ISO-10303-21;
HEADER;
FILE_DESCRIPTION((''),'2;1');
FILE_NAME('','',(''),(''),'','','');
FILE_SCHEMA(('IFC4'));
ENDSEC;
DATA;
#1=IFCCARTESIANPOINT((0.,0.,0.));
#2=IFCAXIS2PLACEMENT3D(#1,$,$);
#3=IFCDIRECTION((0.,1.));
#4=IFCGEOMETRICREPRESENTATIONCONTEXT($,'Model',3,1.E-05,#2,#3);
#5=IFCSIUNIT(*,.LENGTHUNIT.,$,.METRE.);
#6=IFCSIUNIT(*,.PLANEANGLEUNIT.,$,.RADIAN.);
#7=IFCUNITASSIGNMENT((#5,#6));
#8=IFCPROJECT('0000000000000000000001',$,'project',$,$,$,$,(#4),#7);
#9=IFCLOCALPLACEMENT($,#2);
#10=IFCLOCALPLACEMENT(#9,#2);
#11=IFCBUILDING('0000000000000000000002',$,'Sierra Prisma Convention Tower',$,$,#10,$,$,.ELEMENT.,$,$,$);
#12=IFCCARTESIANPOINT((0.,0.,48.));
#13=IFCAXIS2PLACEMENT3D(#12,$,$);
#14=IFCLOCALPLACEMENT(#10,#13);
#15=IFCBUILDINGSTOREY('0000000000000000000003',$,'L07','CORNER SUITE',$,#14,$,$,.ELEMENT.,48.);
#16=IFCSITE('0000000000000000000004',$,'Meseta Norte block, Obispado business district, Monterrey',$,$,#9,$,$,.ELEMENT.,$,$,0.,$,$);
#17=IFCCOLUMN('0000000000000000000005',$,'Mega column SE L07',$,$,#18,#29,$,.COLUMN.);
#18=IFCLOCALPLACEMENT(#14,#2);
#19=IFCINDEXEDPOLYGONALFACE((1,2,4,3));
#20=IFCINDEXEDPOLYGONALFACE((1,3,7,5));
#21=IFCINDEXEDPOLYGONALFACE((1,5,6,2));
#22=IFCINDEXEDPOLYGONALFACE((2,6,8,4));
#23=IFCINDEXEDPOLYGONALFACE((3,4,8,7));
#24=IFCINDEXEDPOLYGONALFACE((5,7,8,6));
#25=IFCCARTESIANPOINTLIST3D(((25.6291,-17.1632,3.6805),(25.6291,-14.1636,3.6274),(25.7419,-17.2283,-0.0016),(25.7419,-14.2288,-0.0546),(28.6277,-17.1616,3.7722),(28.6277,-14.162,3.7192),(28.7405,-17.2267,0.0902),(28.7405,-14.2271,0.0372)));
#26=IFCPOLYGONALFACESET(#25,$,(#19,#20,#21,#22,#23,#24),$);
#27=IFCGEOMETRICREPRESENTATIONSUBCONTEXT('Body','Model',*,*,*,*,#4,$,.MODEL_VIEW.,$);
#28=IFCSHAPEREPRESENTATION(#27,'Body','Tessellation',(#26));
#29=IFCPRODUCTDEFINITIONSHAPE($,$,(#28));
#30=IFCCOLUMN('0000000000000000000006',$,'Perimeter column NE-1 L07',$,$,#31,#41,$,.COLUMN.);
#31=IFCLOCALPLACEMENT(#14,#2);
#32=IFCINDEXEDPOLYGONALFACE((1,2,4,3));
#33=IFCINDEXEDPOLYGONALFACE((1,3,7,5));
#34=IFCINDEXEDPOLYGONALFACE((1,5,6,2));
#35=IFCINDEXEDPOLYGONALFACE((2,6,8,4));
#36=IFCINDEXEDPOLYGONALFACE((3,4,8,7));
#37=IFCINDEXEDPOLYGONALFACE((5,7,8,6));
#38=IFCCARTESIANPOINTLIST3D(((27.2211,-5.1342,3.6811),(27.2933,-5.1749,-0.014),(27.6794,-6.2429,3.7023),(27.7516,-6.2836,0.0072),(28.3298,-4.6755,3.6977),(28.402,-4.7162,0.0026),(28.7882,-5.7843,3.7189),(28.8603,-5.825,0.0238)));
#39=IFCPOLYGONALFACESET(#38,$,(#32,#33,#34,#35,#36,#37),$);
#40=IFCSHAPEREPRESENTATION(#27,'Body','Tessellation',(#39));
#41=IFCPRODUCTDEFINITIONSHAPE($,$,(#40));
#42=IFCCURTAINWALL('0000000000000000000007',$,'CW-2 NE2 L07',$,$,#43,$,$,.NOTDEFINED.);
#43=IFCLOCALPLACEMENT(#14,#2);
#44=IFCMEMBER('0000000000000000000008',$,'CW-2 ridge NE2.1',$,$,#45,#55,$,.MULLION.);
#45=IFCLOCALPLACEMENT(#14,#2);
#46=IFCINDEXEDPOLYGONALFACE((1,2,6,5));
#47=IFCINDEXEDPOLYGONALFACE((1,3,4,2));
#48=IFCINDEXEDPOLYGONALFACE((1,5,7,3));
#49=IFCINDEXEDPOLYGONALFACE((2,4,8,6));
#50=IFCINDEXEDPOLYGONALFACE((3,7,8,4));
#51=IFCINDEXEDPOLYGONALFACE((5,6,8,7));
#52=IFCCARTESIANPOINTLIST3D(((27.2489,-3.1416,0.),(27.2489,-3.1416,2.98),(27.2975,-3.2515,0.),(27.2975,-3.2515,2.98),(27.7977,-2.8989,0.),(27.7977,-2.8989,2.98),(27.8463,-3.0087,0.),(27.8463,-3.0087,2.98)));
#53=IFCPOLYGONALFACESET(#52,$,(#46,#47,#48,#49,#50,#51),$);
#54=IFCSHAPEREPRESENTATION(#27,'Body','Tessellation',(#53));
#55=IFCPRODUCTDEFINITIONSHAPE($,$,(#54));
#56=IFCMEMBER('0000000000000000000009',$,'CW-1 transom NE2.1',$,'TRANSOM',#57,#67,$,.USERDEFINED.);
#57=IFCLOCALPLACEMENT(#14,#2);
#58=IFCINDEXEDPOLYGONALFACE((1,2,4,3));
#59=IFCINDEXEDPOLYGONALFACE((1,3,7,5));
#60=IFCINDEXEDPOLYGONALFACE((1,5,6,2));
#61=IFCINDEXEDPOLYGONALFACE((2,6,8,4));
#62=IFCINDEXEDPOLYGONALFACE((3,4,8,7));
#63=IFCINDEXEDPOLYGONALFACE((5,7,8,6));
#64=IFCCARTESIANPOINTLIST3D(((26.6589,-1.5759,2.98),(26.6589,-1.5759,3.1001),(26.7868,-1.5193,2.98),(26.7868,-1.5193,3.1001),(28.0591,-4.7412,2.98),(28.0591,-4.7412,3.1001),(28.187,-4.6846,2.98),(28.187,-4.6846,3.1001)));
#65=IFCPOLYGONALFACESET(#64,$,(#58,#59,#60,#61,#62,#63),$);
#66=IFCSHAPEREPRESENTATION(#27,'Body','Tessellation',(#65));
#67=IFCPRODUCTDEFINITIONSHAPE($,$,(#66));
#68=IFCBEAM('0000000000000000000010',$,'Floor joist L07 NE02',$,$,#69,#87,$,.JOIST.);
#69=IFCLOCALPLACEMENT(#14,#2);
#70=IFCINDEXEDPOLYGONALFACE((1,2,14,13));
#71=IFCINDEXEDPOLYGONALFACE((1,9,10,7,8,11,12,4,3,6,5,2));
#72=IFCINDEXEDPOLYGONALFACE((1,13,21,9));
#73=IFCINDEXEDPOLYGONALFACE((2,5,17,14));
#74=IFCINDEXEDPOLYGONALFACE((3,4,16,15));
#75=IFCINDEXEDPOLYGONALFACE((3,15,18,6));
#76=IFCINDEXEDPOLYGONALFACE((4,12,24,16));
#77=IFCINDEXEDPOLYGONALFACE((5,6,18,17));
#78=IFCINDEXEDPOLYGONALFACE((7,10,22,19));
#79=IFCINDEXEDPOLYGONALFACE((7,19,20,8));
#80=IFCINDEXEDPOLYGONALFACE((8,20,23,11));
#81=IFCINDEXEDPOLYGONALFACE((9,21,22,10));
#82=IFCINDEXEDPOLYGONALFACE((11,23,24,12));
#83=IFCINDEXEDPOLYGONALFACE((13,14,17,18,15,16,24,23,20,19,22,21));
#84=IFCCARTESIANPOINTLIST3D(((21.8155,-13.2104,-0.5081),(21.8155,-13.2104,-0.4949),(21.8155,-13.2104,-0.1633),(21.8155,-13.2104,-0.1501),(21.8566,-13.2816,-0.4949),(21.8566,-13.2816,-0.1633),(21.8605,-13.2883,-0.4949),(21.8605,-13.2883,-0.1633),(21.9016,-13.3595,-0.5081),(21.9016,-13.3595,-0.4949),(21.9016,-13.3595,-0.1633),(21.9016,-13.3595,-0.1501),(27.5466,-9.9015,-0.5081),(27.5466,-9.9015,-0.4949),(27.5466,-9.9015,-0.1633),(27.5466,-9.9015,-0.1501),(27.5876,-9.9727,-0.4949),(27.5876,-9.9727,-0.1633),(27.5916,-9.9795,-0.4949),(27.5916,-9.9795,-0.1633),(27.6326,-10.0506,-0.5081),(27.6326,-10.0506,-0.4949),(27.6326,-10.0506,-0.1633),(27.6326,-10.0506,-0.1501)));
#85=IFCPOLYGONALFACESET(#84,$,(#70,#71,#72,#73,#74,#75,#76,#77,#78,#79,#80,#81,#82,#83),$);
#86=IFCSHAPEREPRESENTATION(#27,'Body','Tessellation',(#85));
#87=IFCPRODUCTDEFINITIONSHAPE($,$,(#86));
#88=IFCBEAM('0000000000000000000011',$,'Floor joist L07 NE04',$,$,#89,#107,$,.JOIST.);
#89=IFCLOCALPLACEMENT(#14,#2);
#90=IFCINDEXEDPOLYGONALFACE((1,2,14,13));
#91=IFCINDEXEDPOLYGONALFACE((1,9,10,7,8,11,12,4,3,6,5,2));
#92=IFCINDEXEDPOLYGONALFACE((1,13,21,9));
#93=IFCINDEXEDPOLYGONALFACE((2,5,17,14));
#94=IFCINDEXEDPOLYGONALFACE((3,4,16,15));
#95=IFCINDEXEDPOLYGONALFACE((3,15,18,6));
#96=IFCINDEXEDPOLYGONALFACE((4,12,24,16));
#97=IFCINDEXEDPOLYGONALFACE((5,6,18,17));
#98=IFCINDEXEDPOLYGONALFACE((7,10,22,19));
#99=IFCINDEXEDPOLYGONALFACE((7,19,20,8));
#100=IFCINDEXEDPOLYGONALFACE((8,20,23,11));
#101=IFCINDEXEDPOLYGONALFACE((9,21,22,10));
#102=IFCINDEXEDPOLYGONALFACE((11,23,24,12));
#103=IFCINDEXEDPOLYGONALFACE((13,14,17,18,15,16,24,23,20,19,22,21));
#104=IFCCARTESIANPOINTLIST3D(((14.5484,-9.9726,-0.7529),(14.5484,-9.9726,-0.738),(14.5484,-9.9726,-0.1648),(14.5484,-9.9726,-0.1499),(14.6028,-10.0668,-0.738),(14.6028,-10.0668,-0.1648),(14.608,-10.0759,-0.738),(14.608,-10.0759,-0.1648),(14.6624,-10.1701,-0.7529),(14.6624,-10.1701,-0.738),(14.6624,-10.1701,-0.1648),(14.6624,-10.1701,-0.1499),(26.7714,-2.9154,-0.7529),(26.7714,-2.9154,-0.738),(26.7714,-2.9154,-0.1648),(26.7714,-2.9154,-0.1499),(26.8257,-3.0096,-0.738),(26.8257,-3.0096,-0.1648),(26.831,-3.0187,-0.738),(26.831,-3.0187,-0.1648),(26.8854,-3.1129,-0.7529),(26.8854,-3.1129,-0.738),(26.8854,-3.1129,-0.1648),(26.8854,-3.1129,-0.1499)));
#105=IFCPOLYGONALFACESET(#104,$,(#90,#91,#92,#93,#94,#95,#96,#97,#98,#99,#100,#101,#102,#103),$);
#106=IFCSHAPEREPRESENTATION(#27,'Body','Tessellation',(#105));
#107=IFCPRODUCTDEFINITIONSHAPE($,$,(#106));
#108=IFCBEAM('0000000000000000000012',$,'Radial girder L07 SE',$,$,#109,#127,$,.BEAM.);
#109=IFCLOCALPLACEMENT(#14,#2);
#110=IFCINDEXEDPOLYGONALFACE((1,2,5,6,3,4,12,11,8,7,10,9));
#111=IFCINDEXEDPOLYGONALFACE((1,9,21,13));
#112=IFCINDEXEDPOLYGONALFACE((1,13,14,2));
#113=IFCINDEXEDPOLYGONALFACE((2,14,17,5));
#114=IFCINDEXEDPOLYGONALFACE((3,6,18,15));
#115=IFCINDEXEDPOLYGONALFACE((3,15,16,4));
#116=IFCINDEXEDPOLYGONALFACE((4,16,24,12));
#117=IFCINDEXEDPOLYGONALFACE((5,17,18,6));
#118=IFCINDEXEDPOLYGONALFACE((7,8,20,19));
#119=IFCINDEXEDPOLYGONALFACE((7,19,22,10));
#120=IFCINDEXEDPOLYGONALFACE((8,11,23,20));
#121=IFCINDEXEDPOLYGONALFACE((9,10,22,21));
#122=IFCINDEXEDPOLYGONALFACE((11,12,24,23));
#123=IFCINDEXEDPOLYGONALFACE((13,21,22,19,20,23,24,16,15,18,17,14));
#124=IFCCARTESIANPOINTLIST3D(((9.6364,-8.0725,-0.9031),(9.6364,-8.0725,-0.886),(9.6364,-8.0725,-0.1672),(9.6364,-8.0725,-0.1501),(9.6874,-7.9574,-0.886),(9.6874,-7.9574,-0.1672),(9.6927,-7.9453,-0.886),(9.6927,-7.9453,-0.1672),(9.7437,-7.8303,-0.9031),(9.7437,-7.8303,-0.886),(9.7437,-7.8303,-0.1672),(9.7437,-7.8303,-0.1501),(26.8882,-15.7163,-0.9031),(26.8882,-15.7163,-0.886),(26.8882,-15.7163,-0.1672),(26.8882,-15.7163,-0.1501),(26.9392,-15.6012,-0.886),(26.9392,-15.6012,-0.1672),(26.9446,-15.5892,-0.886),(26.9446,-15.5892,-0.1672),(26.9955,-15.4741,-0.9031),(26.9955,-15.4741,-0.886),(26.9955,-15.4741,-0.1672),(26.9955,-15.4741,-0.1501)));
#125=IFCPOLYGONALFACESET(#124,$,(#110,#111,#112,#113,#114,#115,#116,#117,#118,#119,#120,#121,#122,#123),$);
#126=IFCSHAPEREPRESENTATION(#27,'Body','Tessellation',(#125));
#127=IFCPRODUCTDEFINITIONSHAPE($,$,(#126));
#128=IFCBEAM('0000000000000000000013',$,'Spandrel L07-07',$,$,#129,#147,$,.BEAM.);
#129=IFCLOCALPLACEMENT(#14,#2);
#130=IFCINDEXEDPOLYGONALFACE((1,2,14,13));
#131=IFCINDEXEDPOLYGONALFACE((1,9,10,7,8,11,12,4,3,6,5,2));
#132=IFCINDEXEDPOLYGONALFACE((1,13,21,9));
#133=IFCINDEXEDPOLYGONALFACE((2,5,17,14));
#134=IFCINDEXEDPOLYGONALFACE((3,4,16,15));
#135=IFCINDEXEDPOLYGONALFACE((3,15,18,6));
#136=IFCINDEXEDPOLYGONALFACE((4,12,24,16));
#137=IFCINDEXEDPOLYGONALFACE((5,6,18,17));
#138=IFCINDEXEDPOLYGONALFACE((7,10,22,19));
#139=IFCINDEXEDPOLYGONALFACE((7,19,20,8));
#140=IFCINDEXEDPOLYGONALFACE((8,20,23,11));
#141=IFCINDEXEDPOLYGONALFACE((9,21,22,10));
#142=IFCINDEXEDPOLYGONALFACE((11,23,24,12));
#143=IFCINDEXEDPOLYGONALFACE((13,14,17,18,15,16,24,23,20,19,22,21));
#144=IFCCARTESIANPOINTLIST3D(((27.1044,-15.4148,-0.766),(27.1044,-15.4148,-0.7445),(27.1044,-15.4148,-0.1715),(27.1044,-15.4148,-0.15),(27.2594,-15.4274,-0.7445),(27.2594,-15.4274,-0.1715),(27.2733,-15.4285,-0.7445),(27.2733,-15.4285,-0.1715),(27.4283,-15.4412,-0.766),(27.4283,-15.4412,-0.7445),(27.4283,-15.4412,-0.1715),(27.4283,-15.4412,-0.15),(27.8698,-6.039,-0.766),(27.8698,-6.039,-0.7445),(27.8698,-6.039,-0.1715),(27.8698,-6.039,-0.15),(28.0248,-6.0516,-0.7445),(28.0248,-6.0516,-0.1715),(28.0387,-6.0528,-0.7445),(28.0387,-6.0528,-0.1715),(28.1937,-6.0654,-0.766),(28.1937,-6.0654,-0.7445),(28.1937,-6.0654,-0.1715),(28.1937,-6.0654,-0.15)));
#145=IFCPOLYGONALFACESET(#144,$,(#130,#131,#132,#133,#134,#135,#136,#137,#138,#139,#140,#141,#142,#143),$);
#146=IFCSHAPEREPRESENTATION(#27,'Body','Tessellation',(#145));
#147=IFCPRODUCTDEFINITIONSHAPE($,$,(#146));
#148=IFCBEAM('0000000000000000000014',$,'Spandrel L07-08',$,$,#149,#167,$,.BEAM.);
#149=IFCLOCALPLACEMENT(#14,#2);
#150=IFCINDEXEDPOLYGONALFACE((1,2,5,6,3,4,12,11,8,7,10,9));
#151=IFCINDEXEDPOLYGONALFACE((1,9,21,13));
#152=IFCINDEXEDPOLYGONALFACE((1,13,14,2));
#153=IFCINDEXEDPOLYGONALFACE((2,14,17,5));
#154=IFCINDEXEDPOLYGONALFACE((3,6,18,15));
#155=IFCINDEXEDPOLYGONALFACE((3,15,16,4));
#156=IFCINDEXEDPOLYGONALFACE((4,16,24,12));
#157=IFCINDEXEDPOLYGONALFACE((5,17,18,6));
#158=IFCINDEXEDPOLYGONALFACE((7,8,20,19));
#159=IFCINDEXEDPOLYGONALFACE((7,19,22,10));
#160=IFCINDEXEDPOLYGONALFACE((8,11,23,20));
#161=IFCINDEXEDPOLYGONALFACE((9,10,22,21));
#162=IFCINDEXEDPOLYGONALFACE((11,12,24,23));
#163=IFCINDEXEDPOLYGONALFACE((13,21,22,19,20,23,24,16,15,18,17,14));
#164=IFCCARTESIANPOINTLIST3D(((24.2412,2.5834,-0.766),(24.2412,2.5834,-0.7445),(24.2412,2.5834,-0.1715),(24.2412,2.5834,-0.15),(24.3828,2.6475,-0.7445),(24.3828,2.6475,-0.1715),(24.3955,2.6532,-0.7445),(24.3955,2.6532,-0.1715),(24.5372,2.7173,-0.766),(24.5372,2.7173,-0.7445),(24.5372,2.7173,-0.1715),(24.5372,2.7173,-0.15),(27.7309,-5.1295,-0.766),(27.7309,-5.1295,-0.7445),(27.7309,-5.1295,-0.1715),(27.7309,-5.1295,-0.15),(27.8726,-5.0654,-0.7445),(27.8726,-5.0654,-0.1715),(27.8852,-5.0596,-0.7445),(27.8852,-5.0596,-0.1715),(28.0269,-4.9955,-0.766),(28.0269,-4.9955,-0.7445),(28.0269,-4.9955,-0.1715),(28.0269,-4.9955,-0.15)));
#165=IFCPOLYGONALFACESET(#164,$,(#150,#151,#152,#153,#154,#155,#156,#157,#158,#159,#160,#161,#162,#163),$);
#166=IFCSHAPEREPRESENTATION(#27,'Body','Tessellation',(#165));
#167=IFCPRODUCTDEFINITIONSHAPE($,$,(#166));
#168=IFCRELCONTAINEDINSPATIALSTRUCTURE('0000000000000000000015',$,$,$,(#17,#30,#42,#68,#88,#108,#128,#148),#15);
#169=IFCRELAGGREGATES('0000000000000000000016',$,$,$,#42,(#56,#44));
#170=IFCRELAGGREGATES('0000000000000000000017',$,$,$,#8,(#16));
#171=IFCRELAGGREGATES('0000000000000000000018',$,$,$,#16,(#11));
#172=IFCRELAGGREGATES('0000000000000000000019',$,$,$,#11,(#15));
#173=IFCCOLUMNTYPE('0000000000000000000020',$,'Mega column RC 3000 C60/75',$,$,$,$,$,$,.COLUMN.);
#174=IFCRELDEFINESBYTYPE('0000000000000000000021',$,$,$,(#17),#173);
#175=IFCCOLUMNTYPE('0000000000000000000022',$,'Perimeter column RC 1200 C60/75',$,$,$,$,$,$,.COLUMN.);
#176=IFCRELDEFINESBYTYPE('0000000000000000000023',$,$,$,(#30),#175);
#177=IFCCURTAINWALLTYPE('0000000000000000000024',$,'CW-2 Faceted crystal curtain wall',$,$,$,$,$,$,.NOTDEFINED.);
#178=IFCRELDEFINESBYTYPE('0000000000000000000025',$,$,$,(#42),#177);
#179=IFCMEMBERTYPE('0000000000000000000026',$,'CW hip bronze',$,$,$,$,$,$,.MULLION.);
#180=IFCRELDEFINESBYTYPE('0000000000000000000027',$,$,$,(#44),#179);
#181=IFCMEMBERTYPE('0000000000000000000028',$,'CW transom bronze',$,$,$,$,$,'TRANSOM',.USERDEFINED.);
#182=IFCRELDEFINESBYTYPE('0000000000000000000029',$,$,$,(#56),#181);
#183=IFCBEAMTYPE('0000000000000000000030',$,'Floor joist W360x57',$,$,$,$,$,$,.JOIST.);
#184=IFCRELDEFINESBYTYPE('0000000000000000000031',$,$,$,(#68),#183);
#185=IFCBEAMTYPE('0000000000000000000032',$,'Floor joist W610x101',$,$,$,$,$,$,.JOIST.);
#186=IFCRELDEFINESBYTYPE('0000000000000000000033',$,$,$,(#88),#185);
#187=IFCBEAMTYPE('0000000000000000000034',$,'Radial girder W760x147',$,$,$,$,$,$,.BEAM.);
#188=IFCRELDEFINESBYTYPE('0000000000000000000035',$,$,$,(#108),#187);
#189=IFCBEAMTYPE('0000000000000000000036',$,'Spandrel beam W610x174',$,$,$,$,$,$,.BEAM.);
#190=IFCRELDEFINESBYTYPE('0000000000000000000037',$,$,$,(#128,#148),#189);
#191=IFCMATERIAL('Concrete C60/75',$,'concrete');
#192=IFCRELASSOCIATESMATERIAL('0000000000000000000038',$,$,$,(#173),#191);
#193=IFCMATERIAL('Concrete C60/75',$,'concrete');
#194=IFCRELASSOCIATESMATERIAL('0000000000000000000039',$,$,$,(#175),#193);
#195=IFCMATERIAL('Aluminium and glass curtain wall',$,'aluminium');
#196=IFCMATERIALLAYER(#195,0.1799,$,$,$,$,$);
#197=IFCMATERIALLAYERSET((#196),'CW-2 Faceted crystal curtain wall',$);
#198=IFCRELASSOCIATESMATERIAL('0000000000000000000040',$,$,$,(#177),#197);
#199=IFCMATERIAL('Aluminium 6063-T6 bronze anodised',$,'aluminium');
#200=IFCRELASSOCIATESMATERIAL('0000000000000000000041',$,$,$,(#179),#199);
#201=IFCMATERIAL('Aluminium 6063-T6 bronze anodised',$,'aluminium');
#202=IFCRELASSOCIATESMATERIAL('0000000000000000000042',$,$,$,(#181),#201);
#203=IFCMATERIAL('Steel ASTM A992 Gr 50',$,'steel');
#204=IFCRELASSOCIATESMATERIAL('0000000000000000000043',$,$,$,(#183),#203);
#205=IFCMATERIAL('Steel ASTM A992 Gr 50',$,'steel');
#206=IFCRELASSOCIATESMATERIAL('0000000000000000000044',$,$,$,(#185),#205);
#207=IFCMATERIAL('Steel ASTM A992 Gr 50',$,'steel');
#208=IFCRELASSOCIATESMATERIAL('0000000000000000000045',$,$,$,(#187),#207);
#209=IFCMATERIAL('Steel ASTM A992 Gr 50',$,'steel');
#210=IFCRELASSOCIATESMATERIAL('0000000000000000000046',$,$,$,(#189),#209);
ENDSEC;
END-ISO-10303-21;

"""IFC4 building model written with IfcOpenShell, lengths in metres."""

from ifc_helpers import new_model, si_unit, direction, frame, origin, origin_2d, place, context, subcontext, project, spatial, rectangle, i_section, extrude, clip, halfspace, material, layer, layer_set, material_profile, profile_set, type_object, element, aggregate, save


model = new_model("IFC4")

# Units and contexts
model_context = context("Model", 3, precision=1e-05, world=origin(), true_north=direction((0.0, 1.0)))
body_context = subcontext(model_context, "Body", "Model", "MODEL_VIEW")
ifc_project = project(units=[si_unit("LENGTHUNIT", "METRE"), si_unit("PLANEANGLEUNIT", "RADIAN")], contexts=[model_context])

# Site, building, storey
site_placement = place(None, origin())
site = spatial("IfcSite", under=ifc_project, at=site_placement, Name="Meseta Norte block, Obispado business district, Monterrey", CompositionType="ELEMENT", RefElevation=0.0)
building_placement = place(site_placement, origin())
building = spatial("IfcBuilding", under=site, at=building_placement, Name="Sierra Prisma Convention Tower", CompositionType="ELEMENT")
storey_placement = place(building_placement, frame((0.0, 0.0, 48.0)))
storey = spatial("IfcBuildingStorey", under=building, at=storey_placement, Name="L07", Description="CORNER SUITE", CompositionType="ELEMENT", Elevation=48.0)

# Columns
ifc_material_1 = material(Name="Concrete C60/75", Category="concrete")
ifc_material_profile_1 = material_profile(ifc_material_1, rectangle(XDim=3.0, YDim=3.0, at=origin_2d()), Name="Mega column RC 3000 C60/75")
ifc_profile_set_1 = profile_set([ifc_material_profile_1], Name="Concrete C60/75")
column_type_1 = type_object("IfcColumnType", Name="Mega column RC 3000 C60/75", PredefinedType="COLUMN", material=ifc_profile_set_1)
column_1_placement = place(storey_placement, frame((27.2417, -15.728, 0.0), z_axis=(-0.030598, 0.017673, 0.999376), x_axis=(0.999532, 0.000541, 0.030593)))
element("IfcColumn", 1, at=column_1_placement, inside=storey, type_object=column_type_1, Name="Mega column SE L07", PredefinedType="COLUMN", context=body_context, shape_type="SweptSolid", body=[
    clip(extrude(rectangle(XDim=3.0, YDim=3.0, at=origin_2d()), origin(), (0.0, 0.0, 1.0), 3.7021), halfspace(frame((0.0, 0.0, 0.0178)), True)),
])
ifc_material_2 = material(Name="Concrete C60/75", Category="concrete")
ifc_material_profile_2 = material_profile(ifc_material_2, rectangle(XDim=1.2, YDim=1.2, at=origin_2d()), Name="Perimeter column RC 1200 C60/75")
ifc_profile_set_2 = profile_set([ifc_material_profile_2], Name="Concrete C60/75")
column_type_2 = type_object("IfcColumnType", Name="Perimeter column RC 1200 C60/75", PredefinedType="COLUMN", material=ifc_profile_set_2)
column_2_placement = place(storey_placement, frame((28.0769, -5.5, 0.0), z_axis=(-0.019527, 0.011017, 0.999749), x_axis=(-0.381957, 0.924012, -0.017642)))
element("IfcColumn", 2, at=column_2_placement, inside=storey, type_object=column_type_2, Name="Perimeter column NE-1 L07", PredefinedType="COLUMN", context=body_context, shape_type="SweptSolid", body=[
    clip(extrude(rectangle(XDim=1.2, YDim=1.2, at=origin_2d()), origin(), (0.0, 0.0, 1.0), 3.7009), halfspace(frame((0.0, 0.0, 0.0049)), True)),
])

# Curtain wall, members
ifc_material_3 = material(Name="Aluminium and glass curtain wall", Category="aluminium")
ifc_layer_1 = layer(ifc_material_3, 0.1799)
ifc_layer_set_1 = layer_set([ifc_layer_1], Name="CW-2 Faceted crystal curtain wall")
curtain_wall_type = type_object("IfcCurtainWallType", Name="CW-2 Faceted crystal curtain wall", PredefinedType="NOTDEFINED", material=ifc_layer_set_1)
curtain_wall_placement = place(storey_placement, origin())
curtain_wall = element("IfcCurtainWall", 3, at=curtain_wall_placement, inside=storey, type_object=curtain_wall_type, Name="CW-2 NE2 L07", PredefinedType="NOTDEFINED")
ifc_material_4 = material(Name="Aluminium 6063-T6 bronze anodised", Category="aluminium")
ifc_material_profile_3 = material_profile(ifc_material_4, rectangle(XDim=0.1201, YDim=0.6001, at=origin_2d()), Name="ALU RIDGE BLADE 120x600")
ifc_profile_set_3 = profile_set([ifc_material_profile_3], Name="Aluminium 6063-T6 bronze anodised")
member_type_1 = type_object("IfcMemberType", Name="CW hip bronze", PredefinedType="MULLION", material=ifc_profile_set_3)
member_1_placement = place(storey_placement, frame((27.5476, -3.0752, 0.0), z_axis=(0.0, 0.0, 1.0), x_axis=(-0.404506, 0.914535, 0.0)))
member_1 = element("IfcMember", 4, at=member_1_placement, type_object=member_type_1, Name="CW-2 ridge NE2.1", PredefinedType="MULLION", context=body_context, shape_type="SweptSolid", body=[
    extrude(rectangle(XDim=0.1201, YDim=0.6001, at=origin_2d()), origin(), (0.0, 0.0, 1.0), 2.98),
])
ifc_material_5 = material(Name="Aluminium 6063-T6 bronze anodised", Category="aluminium")
ifc_material_profile_4 = material_profile(ifc_material_5, rectangle(XDim=0.1399, YDim=0.1201, at=origin_2d()), Name="ALU TRANSOM 120x140")
ifc_profile_set_4 = profile_set([ifc_material_profile_4], Name="Aluminium 6063-T6 bronze anodised")
member_type_2 = type_object("IfcMemberType", Name="CW transom bronze", ElementType="TRANSOM", PredefinedType="USERDEFINED", material=ifc_profile_set_4)
member_2_placement = place(storey_placement, frame((28.123, -4.7129, 3.04), z_axis=(-0.404534, 0.914523, 0.0), x_axis=(-0.914523, -0.404534, 0.0)))
member_2 = element("IfcMember", 5, at=member_2_placement, type_object=member_type_2, Name="CW-1 transom NE2.1", ObjectType="TRANSOM", PredefinedType="USERDEFINED", context=body_context, shape_type="SweptSolid", body=[
    extrude(rectangle(XDim=0.1399, YDim=0.1201, at=origin_2d()), origin(), (0.0, 0.0, 1.0), 3.4612),
])

# Beams
ifc_material_6 = material(Name="Steel ASTM A992 Gr 50", Category="steel")
ifc_material_profile_5 = material_profile(ifc_material_6, i_section(OverallWidth=0.1721, OverallDepth=0.3579, WebThickness=0.0078, FlangeThickness=0.0132, at=origin_2d()), Name="W360x57")
ifc_profile_set_5 = profile_set([ifc_material_profile_5], Name="Steel ASTM A992 Gr 50")
beam_type_1 = type_object("IfcBeamType", Name="Floor joist W360x57", PredefinedType="JOIST", material=ifc_profile_set_5)
beam_1_placement = place(storey_placement, frame((27.5896, -9.9761, -0.3291), z_axis=(-0.866021, -0.500008, 0.0), x_axis=(0.500008, -0.866021, 0.0)))
element("IfcBeam", 6, at=beam_1_placement, inside=storey, type_object=beam_type_1, Name="Floor joist L07 NE02", PredefinedType="JOIST", context=body_context, shape_type="SweptSolid", body=[
    extrude(i_section(OverallWidth=0.1721, OverallDepth=0.3579, WebThickness=0.0078, FlangeThickness=0.0132, at=origin_2d()), origin(), (0.0, 0.0, 1.0), 6.6177),
])
ifc_material_7 = material(Name="Steel ASTM A992 Gr 50", Category="steel")
ifc_material_profile_6 = material_profile(ifc_material_7, i_section(OverallWidth=0.228, OverallDepth=0.603, WebThickness=0.0105, FlangeThickness=0.0149, at=origin_2d()), Name="W610x101")
ifc_profile_set_6 = profile_set([ifc_material_profile_6], Name="Steel ASTM A992 Gr 50")
beam_type_2 = type_object("IfcBeamType", Name="Floor joist W610x101", PredefinedType="JOIST", material=ifc_profile_set_6)
beam_2_placement = place(storey_placement, frame((26.8284, -3.0142, -0.4514), z_axis=(-0.866018, -0.500012, 0.0), x_axis=(0.500012, -0.866018, 0.0)))
element("IfcBeam", 7, at=beam_2_placement, inside=storey, type_object=beam_type_2, Name="Floor joist L07 NE04", PredefinedType="JOIST", context=body_context, shape_type="SweptSolid", body=[
    extrude(i_section(OverallWidth=0.228, OverallDepth=0.603, WebThickness=0.0105, FlangeThickness=0.0149, at=origin_2d()), origin(), (0.0, 0.0, 1.0), 14.114),
])
ifc_material_8 = material(Name="Steel ASTM A992 Gr 50", Category="steel")
ifc_material_profile_7 = material_profile(ifc_material_8, i_section(OverallWidth=0.2649, OverallDepth=0.7529, WebThickness=0.0132, FlangeThickness=0.0171, at=origin_2d()), Name="W760x147")
ifc_profile_set_7 = profile_set([ifc_material_profile_7], Name="Steel ASTM A992 Gr 50")
beam_type_3 = type_object("IfcBeamType", Name="Radial girder W760x147", PredefinedType="BEAM", material=ifc_profile_set_7)
beam_3_placement = place(storey_placement, frame((26.9419, -15.5952, -0.5266), z_axis=(-0.914276, 0.405093, 0.0), x_axis=(-0.405093, -0.914276, 0.0)))
element("IfcBeam", 8, at=beam_3_placement, inside=storey, type_object=beam_type_3, Name="Radial girder L07 SE", PredefinedType="BEAM", context=body_context, shape_type="SweptSolid", body=[
    extrude(i_section(OverallWidth=0.2649, OverallDepth=0.7529, WebThickness=0.0132, FlangeThickness=0.0171, at=origin_2d()), origin(), (0.0, 0.0, 1.0), 18.8694),
])
ifc_material_9 = material(Name="Steel ASTM A992 Gr 50", Category="steel")
ifc_material_profile_8 = material_profile(ifc_material_9, i_section(OverallWidth=0.325, OverallDepth=0.616, WebThickness=0.0139, FlangeThickness=0.0215, at=origin_2d()), Name="W610x174")
ifc_profile_set_8 = profile_set([ifc_material_profile_8], Name="Steel ASTM A992 Gr 50")
beam_type_4 = type_object("IfcBeamType", Name="Spandrel beam W610x174", PredefinedType="BEAM", material=ifc_profile_set_8)
beam_4_placement = place(storey_placement, frame((27.2664, -15.428, -0.458), z_axis=(0.081364, 0.996684, 0.0), x_axis=(-0.996684, 0.081364, 0.0)))
element("IfcBeam", 9, at=beam_4_placement, inside=storey, type_object=beam_type_4, Name="Spandrel L07-07", PredefinedType="BEAM", context=body_context, shape_type="SweptSolid", body=[
    extrude(i_section(OverallWidth=0.325, OverallDepth=0.616, WebThickness=0.0139, FlangeThickness=0.0215, at=origin_2d()), origin(), (0.0, 0.0, 1.0), 9.407),
])
beam_5_placement = place(storey_placement, frame((27.8789, -5.0625, -0.458), z_axis=(-0.412225, 0.911082, 0.0), x_axis=(-0.911082, -0.412225, 0.0)))
element("IfcBeam", 10, at=beam_5_placement, inside=storey, type_object=beam_type_4, Name="Spandrel L07-08", PredefinedType="BEAM", context=body_context, shape_type="SweptSolid", body=[
    extrude(i_section(OverallWidth=0.325, OverallDepth=0.616, WebThickness=0.0139, FlangeThickness=0.0215, at=origin_2d()), origin(), (0.0, 0.0, 1.0), 8.4656),
])

aggregate(curtain_wall, [member_2, member_1])

save(model, "model.ifc")
